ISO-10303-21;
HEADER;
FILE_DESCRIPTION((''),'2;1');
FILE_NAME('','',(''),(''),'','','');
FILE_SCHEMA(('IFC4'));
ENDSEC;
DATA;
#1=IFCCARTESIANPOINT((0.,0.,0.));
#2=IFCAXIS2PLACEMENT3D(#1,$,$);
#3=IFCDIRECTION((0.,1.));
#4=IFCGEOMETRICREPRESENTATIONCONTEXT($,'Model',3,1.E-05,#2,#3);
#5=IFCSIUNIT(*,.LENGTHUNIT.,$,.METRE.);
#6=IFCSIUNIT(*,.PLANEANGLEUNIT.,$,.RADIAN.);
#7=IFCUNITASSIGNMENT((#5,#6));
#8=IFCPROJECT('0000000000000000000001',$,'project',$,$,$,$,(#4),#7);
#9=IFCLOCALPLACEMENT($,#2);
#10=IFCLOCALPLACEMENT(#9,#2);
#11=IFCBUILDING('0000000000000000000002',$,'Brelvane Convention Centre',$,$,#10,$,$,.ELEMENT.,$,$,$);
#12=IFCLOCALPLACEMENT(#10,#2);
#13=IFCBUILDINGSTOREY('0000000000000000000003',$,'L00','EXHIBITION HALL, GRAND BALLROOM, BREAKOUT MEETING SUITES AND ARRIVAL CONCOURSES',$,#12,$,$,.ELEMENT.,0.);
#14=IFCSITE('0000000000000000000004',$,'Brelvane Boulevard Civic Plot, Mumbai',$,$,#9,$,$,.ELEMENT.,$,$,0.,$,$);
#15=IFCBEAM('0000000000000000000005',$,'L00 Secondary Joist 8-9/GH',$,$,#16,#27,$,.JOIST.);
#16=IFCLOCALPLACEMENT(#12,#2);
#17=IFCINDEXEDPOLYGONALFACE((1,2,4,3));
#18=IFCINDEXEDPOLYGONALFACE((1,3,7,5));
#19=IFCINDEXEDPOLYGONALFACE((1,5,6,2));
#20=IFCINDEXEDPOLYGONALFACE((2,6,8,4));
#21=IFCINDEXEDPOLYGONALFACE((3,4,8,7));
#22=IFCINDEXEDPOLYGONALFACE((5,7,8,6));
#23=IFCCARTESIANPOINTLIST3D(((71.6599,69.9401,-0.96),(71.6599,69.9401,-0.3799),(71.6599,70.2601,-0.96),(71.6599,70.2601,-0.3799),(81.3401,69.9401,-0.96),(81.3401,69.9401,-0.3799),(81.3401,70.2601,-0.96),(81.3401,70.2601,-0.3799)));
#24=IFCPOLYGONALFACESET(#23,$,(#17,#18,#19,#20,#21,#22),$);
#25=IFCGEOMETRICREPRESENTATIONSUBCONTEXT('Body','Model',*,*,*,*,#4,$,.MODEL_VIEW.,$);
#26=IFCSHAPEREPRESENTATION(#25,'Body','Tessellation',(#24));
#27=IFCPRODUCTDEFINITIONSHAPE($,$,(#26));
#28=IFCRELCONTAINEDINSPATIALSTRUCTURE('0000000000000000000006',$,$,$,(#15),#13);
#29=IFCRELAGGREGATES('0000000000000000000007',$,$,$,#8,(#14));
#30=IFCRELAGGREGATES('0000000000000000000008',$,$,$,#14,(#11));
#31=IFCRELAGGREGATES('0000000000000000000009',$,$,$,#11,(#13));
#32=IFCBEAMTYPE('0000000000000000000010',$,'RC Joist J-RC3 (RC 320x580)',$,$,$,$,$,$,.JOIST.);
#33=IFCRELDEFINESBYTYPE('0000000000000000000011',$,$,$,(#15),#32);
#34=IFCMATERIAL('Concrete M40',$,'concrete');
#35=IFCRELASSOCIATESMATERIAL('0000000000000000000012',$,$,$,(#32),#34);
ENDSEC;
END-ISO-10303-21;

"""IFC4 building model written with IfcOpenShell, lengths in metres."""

from ifc_helpers import new_model, si_unit, direction, frame, origin, origin_2d, place, context, subcontext, project, spatial, rectangle, extrude, material, material_profile, profile_set, type_object, element, save


model = new_model("IFC4")

# Units and contexts
model_context = context("Model", 3, precision=1e-05, world=origin(), true_north=direction((0.0, 1.0)))
body_context = subcontext(model_context, "Body", "Model", "MODEL_VIEW")
ifc_project = project(units=[si_unit("LENGTHUNIT", "METRE"), si_unit("PLANEANGLEUNIT", "RADIAN")], contexts=[model_context])

# Site, building, storey
site_placement = place(None, origin())
site = spatial("IfcSite", under=ifc_project, at=site_placement, Name="Brelvane Boulevard Civic Plot, Mumbai", CompositionType="ELEMENT", RefElevation=0.0)
building_placement = place(site_placement, origin())
building = spatial("IfcBuilding", under=site, at=building_placement, Name="Brelvane Convention Centre", CompositionType="ELEMENT")
storey_placement = place(building_placement, origin())
storey = spatial("IfcBuildingStorey", under=building, at=storey_placement, Name="L00", Description="EXHIBITION HALL, GRAND BALLROOM, BREAKOUT MEETING SUITES AND ARRIVAL CONCOURSES", CompositionType="ELEMENT", Elevation=0.0)

# Beam
ifc_material_1 = material(Name="Concrete M40", Category="concrete")
ifc_material_profile_1 = material_profile(ifc_material_1, rectangle(XDim=0.3201, YDim=0.5801, at=origin_2d()), Name="RC 320x580")
ifc_profile_set_1 = profile_set([ifc_material_profile_1], Name="Concrete M40")
beam_type_1 = type_object("IfcBeamType", Name="RC Joist J-RC3 (RC 320x580)", PredefinedType="JOIST", material=ifc_profile_set_1)
for number, where, z_axis, x_axis, name in (
    (1, (71.6599, 70.1001, -0.6699), (1.0, 0.0, 0.0), (0.0, 1.0, 0.0), "L00 Secondary Joist 8-9/GH"),
):
    element("IfcBeam", number, at=place(storey_placement, frame(where, z_axis=z_axis, x_axis=x_axis)), inside=storey, type_object=beam_type_1, Name=name, PredefinedType="JOIST", context=body_context, shape_type="SweptSolid", body=[
        extrude(rectangle(XDim=0.3201, YDim=0.5801, at=origin_2d()), origin(), (0.0, 0.0, 1.0), 9.6802),
    ])

save(model, "model.ifc")
